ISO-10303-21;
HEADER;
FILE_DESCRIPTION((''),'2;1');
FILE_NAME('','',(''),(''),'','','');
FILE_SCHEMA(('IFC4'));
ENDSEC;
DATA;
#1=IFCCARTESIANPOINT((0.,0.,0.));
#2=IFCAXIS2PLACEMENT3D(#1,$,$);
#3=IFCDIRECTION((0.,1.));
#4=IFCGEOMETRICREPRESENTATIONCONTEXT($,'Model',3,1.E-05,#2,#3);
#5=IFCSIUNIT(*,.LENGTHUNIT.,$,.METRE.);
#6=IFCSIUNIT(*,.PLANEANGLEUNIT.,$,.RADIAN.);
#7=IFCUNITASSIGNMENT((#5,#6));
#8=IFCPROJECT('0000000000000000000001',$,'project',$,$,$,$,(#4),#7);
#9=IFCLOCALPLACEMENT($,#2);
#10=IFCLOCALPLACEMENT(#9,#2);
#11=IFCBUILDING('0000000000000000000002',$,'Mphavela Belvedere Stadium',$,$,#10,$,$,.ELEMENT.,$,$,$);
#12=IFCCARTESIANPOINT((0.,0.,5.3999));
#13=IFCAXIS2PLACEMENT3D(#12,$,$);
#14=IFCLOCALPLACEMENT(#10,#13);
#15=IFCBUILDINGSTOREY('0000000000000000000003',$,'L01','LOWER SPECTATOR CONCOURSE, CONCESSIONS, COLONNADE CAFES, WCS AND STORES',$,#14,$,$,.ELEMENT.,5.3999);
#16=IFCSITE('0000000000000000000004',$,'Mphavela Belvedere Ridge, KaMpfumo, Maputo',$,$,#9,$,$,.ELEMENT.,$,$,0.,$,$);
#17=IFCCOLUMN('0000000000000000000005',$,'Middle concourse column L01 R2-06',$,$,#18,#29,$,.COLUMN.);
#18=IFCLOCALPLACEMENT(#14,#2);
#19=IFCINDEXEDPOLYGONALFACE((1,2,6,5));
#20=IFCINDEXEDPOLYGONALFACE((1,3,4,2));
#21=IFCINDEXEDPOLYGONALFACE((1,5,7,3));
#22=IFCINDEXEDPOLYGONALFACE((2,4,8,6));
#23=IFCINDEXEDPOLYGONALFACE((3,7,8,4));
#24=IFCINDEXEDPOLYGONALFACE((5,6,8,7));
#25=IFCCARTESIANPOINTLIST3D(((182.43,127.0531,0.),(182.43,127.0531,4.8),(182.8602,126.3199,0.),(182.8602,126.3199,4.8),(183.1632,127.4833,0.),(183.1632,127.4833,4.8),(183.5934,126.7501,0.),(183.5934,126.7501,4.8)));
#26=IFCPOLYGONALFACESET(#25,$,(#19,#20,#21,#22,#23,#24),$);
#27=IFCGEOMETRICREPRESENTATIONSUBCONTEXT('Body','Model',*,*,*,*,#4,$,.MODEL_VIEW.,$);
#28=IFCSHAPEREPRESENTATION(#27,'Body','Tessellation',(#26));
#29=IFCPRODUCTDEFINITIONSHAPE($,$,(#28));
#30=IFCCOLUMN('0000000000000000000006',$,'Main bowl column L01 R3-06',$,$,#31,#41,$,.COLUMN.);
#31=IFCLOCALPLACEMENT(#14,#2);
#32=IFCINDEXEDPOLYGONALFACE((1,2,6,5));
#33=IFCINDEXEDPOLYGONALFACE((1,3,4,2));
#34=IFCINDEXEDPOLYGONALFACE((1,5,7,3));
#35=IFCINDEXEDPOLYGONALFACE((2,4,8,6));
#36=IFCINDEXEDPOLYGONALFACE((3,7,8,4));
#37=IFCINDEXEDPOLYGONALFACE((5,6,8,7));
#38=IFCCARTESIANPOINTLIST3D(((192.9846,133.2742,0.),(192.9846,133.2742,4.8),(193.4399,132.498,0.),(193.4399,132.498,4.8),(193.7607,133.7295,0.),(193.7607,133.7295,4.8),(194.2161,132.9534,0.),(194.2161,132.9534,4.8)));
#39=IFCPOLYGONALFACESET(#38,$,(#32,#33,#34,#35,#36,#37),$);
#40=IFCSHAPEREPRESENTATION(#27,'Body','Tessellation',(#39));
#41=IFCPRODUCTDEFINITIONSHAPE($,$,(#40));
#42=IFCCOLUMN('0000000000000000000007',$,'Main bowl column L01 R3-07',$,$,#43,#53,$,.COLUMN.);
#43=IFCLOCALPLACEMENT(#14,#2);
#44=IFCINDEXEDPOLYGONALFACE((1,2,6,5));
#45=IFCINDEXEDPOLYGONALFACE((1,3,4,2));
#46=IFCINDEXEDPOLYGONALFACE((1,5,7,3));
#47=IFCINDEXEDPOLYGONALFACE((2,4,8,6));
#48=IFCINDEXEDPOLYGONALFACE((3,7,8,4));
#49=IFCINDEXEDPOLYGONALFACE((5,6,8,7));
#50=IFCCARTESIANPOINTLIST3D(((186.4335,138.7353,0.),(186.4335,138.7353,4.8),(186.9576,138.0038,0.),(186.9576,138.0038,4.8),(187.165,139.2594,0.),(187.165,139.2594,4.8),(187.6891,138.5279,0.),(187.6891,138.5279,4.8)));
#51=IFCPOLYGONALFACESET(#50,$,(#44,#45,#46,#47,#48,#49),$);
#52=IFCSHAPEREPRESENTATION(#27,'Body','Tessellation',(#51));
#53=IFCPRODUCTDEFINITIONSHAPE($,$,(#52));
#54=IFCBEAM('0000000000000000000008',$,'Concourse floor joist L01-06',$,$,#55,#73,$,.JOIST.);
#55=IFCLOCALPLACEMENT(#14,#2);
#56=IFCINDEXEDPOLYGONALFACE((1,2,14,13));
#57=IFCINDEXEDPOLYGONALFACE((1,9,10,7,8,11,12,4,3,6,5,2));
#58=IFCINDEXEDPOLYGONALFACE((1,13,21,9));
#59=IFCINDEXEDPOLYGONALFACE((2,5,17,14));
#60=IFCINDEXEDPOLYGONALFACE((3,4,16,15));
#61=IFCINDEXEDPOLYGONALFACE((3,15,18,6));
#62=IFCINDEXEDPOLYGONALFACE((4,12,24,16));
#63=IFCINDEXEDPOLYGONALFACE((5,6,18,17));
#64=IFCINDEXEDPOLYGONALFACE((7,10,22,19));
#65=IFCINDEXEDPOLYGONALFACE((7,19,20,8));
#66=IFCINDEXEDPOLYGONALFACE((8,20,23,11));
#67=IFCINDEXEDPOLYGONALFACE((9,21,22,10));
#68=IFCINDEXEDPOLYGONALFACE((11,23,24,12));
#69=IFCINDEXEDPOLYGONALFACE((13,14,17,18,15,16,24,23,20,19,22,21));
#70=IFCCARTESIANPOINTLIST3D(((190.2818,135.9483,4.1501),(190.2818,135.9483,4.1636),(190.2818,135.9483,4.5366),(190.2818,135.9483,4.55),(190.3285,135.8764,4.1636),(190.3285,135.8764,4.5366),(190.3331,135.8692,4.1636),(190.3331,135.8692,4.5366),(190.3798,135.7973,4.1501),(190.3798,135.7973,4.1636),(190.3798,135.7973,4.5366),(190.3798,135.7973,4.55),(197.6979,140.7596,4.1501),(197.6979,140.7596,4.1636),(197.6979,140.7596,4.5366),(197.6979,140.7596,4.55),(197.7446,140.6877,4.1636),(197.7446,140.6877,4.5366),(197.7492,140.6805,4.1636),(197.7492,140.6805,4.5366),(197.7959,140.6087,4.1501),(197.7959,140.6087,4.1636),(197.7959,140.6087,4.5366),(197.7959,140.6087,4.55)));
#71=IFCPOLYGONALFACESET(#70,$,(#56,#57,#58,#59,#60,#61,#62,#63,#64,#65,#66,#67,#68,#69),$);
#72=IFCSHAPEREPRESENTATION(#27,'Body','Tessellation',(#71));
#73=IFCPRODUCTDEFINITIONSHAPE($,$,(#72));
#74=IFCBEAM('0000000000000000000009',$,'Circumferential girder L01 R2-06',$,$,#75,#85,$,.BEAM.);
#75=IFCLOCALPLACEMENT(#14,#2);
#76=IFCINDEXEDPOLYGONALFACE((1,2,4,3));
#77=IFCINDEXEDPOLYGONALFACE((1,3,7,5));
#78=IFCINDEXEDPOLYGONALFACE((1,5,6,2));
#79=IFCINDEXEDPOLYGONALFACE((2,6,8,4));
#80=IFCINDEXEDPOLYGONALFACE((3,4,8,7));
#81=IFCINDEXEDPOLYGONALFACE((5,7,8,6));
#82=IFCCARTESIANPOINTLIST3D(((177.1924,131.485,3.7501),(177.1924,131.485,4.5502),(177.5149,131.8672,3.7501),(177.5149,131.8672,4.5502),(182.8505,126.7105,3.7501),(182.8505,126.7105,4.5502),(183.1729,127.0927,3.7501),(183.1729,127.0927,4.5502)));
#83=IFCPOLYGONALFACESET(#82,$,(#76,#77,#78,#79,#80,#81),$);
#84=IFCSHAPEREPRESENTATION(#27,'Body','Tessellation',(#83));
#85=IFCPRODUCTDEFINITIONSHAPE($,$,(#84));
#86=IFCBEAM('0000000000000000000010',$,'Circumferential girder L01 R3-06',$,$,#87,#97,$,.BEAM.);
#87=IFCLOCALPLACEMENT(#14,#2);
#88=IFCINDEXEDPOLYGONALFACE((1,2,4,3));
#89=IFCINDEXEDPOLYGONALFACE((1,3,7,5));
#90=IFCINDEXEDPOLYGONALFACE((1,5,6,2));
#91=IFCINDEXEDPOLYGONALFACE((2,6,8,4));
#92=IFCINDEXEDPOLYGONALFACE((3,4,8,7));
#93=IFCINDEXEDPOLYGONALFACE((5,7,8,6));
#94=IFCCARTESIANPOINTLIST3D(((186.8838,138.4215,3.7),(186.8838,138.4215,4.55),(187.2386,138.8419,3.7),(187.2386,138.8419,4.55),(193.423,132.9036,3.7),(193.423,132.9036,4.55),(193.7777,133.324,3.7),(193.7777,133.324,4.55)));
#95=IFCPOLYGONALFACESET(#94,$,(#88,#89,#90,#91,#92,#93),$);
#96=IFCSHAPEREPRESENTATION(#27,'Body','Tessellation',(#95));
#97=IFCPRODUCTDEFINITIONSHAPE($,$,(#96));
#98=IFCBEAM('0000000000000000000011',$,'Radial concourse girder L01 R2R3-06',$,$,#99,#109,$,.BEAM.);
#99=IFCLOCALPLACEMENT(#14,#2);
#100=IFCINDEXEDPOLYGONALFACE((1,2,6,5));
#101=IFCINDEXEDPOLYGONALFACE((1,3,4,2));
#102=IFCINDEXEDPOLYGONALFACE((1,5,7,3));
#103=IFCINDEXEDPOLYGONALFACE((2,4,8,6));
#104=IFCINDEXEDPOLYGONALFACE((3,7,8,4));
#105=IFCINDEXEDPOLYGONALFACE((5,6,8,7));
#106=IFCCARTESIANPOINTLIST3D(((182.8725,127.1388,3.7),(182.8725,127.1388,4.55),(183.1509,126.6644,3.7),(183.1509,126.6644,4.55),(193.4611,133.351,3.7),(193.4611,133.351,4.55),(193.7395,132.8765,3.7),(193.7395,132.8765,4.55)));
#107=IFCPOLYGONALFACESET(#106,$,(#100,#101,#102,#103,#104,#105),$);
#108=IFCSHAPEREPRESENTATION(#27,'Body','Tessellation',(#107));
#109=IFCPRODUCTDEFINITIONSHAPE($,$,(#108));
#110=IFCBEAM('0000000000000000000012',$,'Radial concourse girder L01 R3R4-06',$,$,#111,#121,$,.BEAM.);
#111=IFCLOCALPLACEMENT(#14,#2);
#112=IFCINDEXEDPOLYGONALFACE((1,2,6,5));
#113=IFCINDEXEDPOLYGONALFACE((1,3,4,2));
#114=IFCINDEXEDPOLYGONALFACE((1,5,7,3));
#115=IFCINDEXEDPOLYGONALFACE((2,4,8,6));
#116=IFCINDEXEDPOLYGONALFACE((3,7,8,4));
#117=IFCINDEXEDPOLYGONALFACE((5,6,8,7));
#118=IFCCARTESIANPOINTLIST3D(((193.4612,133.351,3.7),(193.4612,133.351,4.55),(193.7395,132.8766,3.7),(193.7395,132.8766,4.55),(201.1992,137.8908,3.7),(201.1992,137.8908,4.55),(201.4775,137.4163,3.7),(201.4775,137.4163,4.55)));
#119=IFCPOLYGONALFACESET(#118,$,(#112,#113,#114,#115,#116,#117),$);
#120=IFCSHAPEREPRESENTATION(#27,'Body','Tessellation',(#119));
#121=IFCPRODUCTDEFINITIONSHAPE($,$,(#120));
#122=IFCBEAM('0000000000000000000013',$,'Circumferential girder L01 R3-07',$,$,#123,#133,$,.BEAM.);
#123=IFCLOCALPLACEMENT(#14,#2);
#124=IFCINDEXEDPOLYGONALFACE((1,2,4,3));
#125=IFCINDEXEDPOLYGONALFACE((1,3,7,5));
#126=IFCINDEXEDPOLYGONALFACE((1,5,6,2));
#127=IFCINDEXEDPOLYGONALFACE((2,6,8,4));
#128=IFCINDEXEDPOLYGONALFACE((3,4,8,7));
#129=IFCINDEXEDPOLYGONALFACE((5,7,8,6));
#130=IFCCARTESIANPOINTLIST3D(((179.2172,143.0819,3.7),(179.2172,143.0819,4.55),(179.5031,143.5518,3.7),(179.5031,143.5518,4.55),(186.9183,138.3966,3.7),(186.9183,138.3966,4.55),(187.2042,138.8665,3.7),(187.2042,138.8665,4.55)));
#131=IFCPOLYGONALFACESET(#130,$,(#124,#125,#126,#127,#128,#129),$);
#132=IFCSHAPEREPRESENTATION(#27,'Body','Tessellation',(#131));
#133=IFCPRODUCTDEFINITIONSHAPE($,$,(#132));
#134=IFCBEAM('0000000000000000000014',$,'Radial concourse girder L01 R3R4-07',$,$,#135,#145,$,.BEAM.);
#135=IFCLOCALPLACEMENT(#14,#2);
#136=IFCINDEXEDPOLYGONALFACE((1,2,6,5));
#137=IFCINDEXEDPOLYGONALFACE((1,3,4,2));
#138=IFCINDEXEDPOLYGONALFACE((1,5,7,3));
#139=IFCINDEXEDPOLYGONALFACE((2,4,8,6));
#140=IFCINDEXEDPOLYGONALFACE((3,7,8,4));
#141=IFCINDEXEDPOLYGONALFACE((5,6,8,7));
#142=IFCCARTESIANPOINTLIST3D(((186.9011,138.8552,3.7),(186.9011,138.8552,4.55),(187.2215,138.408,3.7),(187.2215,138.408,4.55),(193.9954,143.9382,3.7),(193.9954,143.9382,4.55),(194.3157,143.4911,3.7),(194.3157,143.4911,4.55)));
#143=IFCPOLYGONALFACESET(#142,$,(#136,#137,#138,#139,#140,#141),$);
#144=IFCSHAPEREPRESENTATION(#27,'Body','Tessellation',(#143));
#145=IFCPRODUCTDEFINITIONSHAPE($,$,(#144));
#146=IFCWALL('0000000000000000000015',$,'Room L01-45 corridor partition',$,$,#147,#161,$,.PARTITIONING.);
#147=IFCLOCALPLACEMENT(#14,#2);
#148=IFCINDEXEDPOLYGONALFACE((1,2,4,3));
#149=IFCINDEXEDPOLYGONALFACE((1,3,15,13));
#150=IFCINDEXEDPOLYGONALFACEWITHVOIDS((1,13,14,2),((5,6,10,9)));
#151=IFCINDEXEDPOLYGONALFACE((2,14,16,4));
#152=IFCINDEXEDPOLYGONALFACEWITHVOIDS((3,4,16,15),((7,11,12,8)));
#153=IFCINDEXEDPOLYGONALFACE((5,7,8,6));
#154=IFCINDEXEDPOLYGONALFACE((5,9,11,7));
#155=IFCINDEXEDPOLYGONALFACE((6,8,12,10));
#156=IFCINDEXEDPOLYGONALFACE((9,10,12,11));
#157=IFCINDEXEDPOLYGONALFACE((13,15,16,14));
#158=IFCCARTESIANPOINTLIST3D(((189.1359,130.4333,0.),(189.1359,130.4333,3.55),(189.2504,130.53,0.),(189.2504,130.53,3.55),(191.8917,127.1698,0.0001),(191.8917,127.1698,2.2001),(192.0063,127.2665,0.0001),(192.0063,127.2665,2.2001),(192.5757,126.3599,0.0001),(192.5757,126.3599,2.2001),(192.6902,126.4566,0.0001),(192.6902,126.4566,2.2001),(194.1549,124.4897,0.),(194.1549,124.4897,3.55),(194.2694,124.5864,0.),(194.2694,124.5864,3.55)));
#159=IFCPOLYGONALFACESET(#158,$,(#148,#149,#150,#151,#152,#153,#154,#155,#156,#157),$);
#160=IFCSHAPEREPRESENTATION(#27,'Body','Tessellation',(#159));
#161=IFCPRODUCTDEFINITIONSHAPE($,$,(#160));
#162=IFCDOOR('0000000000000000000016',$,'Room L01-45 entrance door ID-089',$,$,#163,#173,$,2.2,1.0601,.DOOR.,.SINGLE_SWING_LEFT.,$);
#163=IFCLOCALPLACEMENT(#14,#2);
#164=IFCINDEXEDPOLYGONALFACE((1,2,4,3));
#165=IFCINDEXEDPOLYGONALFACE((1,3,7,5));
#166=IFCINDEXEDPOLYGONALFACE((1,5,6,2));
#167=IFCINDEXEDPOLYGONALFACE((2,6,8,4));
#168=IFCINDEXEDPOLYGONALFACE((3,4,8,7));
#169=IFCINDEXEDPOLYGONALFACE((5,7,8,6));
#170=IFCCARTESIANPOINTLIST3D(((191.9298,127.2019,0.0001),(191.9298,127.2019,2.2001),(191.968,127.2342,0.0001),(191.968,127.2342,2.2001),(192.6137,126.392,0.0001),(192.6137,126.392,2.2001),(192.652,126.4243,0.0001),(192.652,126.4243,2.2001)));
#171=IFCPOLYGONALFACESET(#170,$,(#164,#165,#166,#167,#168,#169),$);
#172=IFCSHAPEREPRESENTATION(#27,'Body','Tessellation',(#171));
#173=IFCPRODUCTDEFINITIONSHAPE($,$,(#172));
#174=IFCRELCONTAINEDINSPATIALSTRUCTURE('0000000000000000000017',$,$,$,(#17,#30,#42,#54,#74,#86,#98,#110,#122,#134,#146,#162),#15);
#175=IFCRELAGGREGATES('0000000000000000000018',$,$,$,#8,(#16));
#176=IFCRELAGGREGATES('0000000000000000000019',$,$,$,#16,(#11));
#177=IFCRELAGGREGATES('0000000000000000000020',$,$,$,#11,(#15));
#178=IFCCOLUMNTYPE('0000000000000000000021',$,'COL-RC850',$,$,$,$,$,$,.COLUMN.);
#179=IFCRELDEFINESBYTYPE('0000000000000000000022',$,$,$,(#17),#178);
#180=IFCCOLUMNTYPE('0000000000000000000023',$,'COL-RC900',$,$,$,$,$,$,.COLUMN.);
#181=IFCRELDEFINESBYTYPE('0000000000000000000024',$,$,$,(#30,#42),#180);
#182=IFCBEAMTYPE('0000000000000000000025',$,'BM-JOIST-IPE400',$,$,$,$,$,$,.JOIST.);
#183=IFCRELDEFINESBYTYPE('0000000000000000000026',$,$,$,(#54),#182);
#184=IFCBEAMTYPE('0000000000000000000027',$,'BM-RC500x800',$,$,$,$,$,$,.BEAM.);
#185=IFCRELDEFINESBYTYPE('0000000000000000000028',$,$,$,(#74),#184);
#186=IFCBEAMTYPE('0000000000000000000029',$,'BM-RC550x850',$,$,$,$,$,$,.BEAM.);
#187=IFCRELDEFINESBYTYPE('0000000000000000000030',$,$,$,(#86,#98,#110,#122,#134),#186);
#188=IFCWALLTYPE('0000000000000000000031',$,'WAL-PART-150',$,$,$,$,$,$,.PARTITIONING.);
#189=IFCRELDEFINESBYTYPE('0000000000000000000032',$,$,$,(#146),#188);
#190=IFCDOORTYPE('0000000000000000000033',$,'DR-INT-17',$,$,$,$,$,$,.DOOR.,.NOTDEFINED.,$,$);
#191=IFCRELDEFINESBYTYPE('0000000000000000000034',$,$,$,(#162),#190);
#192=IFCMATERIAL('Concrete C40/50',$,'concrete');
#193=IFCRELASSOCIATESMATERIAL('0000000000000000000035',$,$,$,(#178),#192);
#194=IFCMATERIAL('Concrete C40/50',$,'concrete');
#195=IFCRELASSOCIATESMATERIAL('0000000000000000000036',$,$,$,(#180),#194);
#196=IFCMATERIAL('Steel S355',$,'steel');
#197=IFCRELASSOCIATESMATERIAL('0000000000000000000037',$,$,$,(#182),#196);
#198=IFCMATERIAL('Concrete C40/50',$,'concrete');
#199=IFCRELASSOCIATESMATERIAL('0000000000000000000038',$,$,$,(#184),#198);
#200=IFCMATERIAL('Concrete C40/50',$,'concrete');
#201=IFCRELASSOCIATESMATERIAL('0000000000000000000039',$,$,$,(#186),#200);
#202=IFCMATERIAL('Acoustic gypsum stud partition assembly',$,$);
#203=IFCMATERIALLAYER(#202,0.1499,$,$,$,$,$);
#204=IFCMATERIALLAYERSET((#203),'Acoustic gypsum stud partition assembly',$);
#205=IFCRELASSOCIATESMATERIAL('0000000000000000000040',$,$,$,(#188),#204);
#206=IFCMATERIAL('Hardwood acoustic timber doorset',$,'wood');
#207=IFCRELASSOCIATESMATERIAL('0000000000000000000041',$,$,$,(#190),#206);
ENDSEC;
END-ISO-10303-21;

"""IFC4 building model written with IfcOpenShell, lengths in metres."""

from ifc_helpers import new_model, si_unit, direction, frame, frame_2d, origin, origin_2d, place, context, subcontext, project, spatial, rectangle, i_section, extrude, material, layer, layer_set, material_profile, profile_set, type_object, element, fill, save


model = new_model("IFC4")

# Units and contexts
model_context = context("Model", 3, precision=1e-05, world=origin(), true_north=direction((0.0, 1.0)))
body_context = subcontext(model_context, "Body", "Model", "MODEL_VIEW")
ifc_project = project(units=[si_unit("LENGTHUNIT", "METRE"), si_unit("PLANEANGLEUNIT", "RADIAN")], contexts=[model_context])

# Site, building, storey
site_placement = place(None, origin())
site = spatial("IfcSite", under=ifc_project, at=site_placement, Name="Mphavela Belvedere Ridge, KaMpfumo, Maputo", CompositionType="ELEMENT", RefElevation=0.0)
building_placement = place(site_placement, origin())
building = spatial("IfcBuilding", under=site, at=building_placement, Name="Mphavela Belvedere Stadium", CompositionType="ELEMENT")
storey_placement = place(building_placement, frame((0.0, 0.0, 5.3999)))
storey = spatial("IfcBuildingStorey", under=building, at=storey_placement, Name="L01", Description="LOWER SPECTATOR CONCOURSE, CONCESSIONS, COLONNADE CAFES, WCS AND STORES", CompositionType="ELEMENT", Elevation=5.3999)

# Columns
ifc_material_1 = material(Name="Concrete C40/50", Category="concrete")
ifc_material_profile_1 = material_profile(ifc_material_1, rectangle(XDim=0.8501, YDim=0.8501, at=origin_2d()), Name="RC 850x850")
ifc_profile_set_1 = profile_set([ifc_material_profile_1], Name="Concrete C40/50")
column_type_1 = type_object("IfcColumnType", Name="COL-RC850", PredefinedType="COLUMN", material=ifc_profile_set_1)
column_placement = place(storey_placement, frame((183.0117, 126.9016, 0.0), z_axis=(0.0, 0.0, 1.0), x_axis=(0.862514, 0.506034, 0.0)))
element("IfcColumn", 1, at=column_placement, inside=storey, type_object=column_type_1, Name="Middle concourse column L01 R2-06", PredefinedType="COLUMN", context=body_context, shape_type="SweptSolid", body=[
    extrude(rectangle(XDim=0.8501, YDim=0.8501, at=origin_2d()), origin(), (0.0, 0.0, 1.0), 4.8),
])
ifc_material_2 = material(Name="Concrete C40/50", Category="concrete")
ifc_material_profile_2 = material_profile(ifc_material_2, rectangle(XDim=0.8999, YDim=0.8999, at=origin_2d()), Name="RC 900x900")
ifc_profile_set_2 = profile_set([ifc_material_profile_2], Name="Concrete C40/50")
column_type_2 = type_object("IfcColumnType", Name="COL-RC900", PredefinedType="COLUMN", material=ifc_profile_set_2)
for number, where, z_axis, x_axis, name in (
    (2, (193.6003, 133.1138, 0.0), (0.0, 0.0, 1.0), (0.862514, 0.506034, 0.0), "Main bowl column L01 R3-06"),
    (3, (187.0613, 138.6316, 0.0), (0.0, 0.0, 1.0), (0.812898, 0.582407, 0.0), "Main bowl column L01 R3-07"),
):
    element("IfcColumn", number, at=place(storey_placement, frame(where, z_axis=z_axis, x_axis=x_axis)), inside=storey, type_object=column_type_2, Name=name, PredefinedType="COLUMN", context=body_context, shape_type="SweptSolid", body=[
        extrude(rectangle(XDim=0.8999, YDim=0.8999, at=origin_2d()), origin(), (0.0, 0.0, 1.0), 4.8),
    ])

# Beams
ifc_material_3 = material(Name="Steel S355", Category="steel")
ifc_material_profile_3 = material_profile(ifc_material_3, i_section(OverallWidth=0.1799, OverallDepth=0.3999, WebThickness=0.0085, FlangeThickness=0.0134, at=origin_2d()), Name="IPE 400")
ifc_profile_set_3 = profile_set([ifc_material_profile_3], Name="Steel S355")
beam_type_1 = type_object("IfcBeamType", Name="BM-JOIST-IPE400", PredefinedType="JOIST", material=ifc_profile_set_3)
beam_1_placement = place(storey_placement, frame((190.3308, 135.8728, 4.3501), z_axis=(0.838915, 0.544262, 0.0), x_axis=(-0.544262, 0.838915, 0.0)))
element("IfcBeam", 4, at=beam_1_placement, inside=storey, type_object=beam_type_1, Name="Concourse floor joist L01-06", PredefinedType="JOIST", context=body_context, shape_type="SweptSolid", body=[
    extrude(i_section(OverallWidth=0.1799, OverallDepth=0.3999, WebThickness=0.0085, FlangeThickness=0.0134, at=origin_2d()), origin(), (0.0, 0.0, 1.0), 8.8401),
])
ifc_material_4 = material(Name="Concrete C40/50", Category="concrete")
ifc_material_profile_4 = material_profile(ifc_material_4, rectangle(XDim=0.5, YDim=0.8, at=origin_2d()), Name="RC 500x800")
ifc_profile_set_4 = profile_set([ifc_material_profile_4], Name="Concrete C40/50")
beam_type_2 = type_object("IfcBeamType", Name="BM-RC500x800", PredefinedType="BEAM", material=ifc_profile_set_4)
beam_2_placement = place(storey_placement, frame((183.0117, 126.9016, 4.1501), z_axis=(-0.764257, 0.644911, 0.0), x_axis=(-0.644911, -0.764257, 0.0)))
element("IfcBeam", 5, at=beam_2_placement, inside=storey, type_object=beam_type_2, Name="Circumferential girder L01 R2-06", PredefinedType="BEAM", context=body_context, shape_type="SweptSolid", body=[
    extrude(rectangle(XDim=0.5, YDim=0.8, at=origin_2d()), origin(), (0.0, 0.0, 1.0), 7.4033),
])
ifc_material_5 = material(Name="Concrete C40/50", Category="concrete")
ifc_material_profile_5 = material_profile(ifc_material_5, rectangle(XDim=0.55, YDim=0.8501, at=origin_2d()), Name="RC 550x850")
ifc_profile_set_5 = profile_set([ifc_material_profile_5], Name="Concrete C40/50")
beam_type_3 = type_object("IfcBeamType", Name="BM-RC550x850", PredefinedType="BEAM", material=ifc_profile_set_5)
beam_3_placement = place(storey_placement, frame((193.6003, 133.1138, 4.125), z_axis=(-0.764263, 0.644904, 0.0), x_axis=(-0.644904, -0.764263, 0.0)))
element("IfcBeam", 6, at=beam_3_placement, inside=storey, type_object=beam_type_3, Name="Circumferential girder L01 R3-06", PredefinedType="BEAM", context=body_context, shape_type="SweptSolid", body=[
    extrude(rectangle(XDim=0.55, YDim=0.8501, at=origin_2d()), origin(), (0.0, 0.0, 1.0), 8.5562),
])
beam_4_placement = place(storey_placement, frame((183.0117, 126.9016, 4.125), z_axis=(0.862519, 0.506025, 0.0), x_axis=(-0.506025, 0.862519, 0.0)))
element("IfcBeam", 7, at=beam_4_placement, inside=storey, type_object=beam_type_3, Name="Radial concourse girder L01 R2R3-06", PredefinedType="BEAM", context=body_context, shape_type="SweptSolid", body=[
    extrude(rectangle(XDim=0.55, YDim=0.8501, at=origin_2d()), origin(), (0.0, 0.0, 1.0), 12.2764),
])
beam_5_placement = place(storey_placement, frame((193.6003, 133.1138, 4.125), z_axis=(0.862518, 0.506027, 0.0), x_axis=(-0.506027, 0.862518, 0.0)))
element("IfcBeam", 8, at=beam_5_placement, inside=storey, type_object=beam_type_3, Name="Radial concourse girder L01 R3R4-06", PredefinedType="BEAM", context=body_context, shape_type="SweptSolid", body=[
    extrude(rectangle(XDim=0.55, YDim=0.8501, at=origin_2d()), origin(), (0.0, 0.0, 1.0), 8.9714),
])
beam_6_placement = place(storey_placement, frame((187.0613, 138.6316, 4.125), z_axis=(-0.854315, 0.519755, 0.0), x_axis=(-0.519755, -0.854315, 0.0)))
element("IfcBeam", 9, at=beam_6_placement, inside=storey, type_object=beam_type_3, Name="Circumferential girder L01 R3-07", PredefinedType="BEAM", context=body_context, shape_type="SweptSolid", body=[
    extrude(rectangle(XDim=0.55, YDim=0.8501, at=origin_2d()), origin(), (0.0, 0.0, 1.0), 9.0144),
])
beam_7_placement = place(storey_placement, frame((187.0613, 138.6316, 4.125), z_axis=(0.812882, 0.582428, 0.0), x_axis=(-0.582428, 0.812882, 0.0)))
element("IfcBeam", 10, at=beam_7_placement, inside=storey, type_object=beam_type_3, Name="Radial concourse girder L01 R3R4-07", PredefinedType="BEAM", context=body_context, shape_type="SweptSolid", body=[
    extrude(rectangle(XDim=0.55, YDim=0.8501, at=origin_2d()), origin(), (0.0, 0.0, 1.0), 8.7273),
])

# Wall, opening, door
ifc_material_6 = material(Name="Acoustic gypsum stud partition assembly")
ifc_layer = layer(ifc_material_6, 0.1499)
ifc_layer_set = layer_set([ifc_layer], Name="Acoustic gypsum stud partition assembly")
wall_type = type_object("IfcWallType", Name="WAL-PART-150", PredefinedType="PARTITIONING", material=ifc_layer_set)
wall_1_placement = place(storey_placement, frame((189.1931, 130.4817, 0.0), z_axis=(0.0, 0.0, 1.0), x_axis=(0.645181, -0.76403, 0.0)))
wall_1 = element("IfcWall", 11, at=wall_1_placement, inside=storey, type_object=wall_type, Name="Room L01-45 corridor partition", PredefinedType="PARTITIONING", context=body_context, shape_type="SweptSolid", body=[
    extrude(rectangle(XDim=7.7793, YDim=0.1499, at=frame_2d((3.8896, 0.0))), origin(), (0.0, 0.0, 1.0), 3.55),
])
opening_1_placement = place(wall_1_placement, frame((4.2715, 0.0, 0.0)))
opening_1 = element("IfcOpeningElement", 12, at=opening_1_placement, cuts=wall_1, PredefinedType="OPENING", context=body_context, shape_type="SweptSolid", body=[
    extrude(rectangle(XDim=1.0601, YDim=2.2, at=frame_2d((0.53, 1.1001))), frame((0.0, 0.085, 0.0), z_axis=(0.0, -1.0, 0.0), x_axis=(1.0, 0.0, 0.0)), (0.0, 0.0, 1.0), 0.1699),
])
ifc_material_7 = material(Name="Hardwood acoustic timber doorset", Category="wood")
door_type_1 = type_object("IfcDoorType", Name="DR-INT-17", OperationType="NOTDEFINED", PredefinedType="DOOR", material=ifc_material_7)
door_1_placement = place(opening_1_placement, origin())
door_1 = element("IfcDoor", 13, at=door_1_placement, inside=storey, type_object=door_type_1, Name="Room L01-45 entrance door ID-089", OperationType="SINGLE_SWING_LEFT", OverallHeight=2.2, OverallWidth=1.0601, PredefinedType="DOOR", context=body_context, shape_type="SweptSolid", body=[
    extrude(rectangle(XDim=1.0601, YDim=2.2, at=frame_2d((0.53, 1.1001))), frame((0.0, 0.0249, 0.0), z_axis=(0.0, -1.0, 0.0), x_axis=(1.0, 0.0, 0.0)), (0.0, 0.0, 1.0), 0.05),
])
fill(opening_1, door_1)

save(model, "model.ifc")
